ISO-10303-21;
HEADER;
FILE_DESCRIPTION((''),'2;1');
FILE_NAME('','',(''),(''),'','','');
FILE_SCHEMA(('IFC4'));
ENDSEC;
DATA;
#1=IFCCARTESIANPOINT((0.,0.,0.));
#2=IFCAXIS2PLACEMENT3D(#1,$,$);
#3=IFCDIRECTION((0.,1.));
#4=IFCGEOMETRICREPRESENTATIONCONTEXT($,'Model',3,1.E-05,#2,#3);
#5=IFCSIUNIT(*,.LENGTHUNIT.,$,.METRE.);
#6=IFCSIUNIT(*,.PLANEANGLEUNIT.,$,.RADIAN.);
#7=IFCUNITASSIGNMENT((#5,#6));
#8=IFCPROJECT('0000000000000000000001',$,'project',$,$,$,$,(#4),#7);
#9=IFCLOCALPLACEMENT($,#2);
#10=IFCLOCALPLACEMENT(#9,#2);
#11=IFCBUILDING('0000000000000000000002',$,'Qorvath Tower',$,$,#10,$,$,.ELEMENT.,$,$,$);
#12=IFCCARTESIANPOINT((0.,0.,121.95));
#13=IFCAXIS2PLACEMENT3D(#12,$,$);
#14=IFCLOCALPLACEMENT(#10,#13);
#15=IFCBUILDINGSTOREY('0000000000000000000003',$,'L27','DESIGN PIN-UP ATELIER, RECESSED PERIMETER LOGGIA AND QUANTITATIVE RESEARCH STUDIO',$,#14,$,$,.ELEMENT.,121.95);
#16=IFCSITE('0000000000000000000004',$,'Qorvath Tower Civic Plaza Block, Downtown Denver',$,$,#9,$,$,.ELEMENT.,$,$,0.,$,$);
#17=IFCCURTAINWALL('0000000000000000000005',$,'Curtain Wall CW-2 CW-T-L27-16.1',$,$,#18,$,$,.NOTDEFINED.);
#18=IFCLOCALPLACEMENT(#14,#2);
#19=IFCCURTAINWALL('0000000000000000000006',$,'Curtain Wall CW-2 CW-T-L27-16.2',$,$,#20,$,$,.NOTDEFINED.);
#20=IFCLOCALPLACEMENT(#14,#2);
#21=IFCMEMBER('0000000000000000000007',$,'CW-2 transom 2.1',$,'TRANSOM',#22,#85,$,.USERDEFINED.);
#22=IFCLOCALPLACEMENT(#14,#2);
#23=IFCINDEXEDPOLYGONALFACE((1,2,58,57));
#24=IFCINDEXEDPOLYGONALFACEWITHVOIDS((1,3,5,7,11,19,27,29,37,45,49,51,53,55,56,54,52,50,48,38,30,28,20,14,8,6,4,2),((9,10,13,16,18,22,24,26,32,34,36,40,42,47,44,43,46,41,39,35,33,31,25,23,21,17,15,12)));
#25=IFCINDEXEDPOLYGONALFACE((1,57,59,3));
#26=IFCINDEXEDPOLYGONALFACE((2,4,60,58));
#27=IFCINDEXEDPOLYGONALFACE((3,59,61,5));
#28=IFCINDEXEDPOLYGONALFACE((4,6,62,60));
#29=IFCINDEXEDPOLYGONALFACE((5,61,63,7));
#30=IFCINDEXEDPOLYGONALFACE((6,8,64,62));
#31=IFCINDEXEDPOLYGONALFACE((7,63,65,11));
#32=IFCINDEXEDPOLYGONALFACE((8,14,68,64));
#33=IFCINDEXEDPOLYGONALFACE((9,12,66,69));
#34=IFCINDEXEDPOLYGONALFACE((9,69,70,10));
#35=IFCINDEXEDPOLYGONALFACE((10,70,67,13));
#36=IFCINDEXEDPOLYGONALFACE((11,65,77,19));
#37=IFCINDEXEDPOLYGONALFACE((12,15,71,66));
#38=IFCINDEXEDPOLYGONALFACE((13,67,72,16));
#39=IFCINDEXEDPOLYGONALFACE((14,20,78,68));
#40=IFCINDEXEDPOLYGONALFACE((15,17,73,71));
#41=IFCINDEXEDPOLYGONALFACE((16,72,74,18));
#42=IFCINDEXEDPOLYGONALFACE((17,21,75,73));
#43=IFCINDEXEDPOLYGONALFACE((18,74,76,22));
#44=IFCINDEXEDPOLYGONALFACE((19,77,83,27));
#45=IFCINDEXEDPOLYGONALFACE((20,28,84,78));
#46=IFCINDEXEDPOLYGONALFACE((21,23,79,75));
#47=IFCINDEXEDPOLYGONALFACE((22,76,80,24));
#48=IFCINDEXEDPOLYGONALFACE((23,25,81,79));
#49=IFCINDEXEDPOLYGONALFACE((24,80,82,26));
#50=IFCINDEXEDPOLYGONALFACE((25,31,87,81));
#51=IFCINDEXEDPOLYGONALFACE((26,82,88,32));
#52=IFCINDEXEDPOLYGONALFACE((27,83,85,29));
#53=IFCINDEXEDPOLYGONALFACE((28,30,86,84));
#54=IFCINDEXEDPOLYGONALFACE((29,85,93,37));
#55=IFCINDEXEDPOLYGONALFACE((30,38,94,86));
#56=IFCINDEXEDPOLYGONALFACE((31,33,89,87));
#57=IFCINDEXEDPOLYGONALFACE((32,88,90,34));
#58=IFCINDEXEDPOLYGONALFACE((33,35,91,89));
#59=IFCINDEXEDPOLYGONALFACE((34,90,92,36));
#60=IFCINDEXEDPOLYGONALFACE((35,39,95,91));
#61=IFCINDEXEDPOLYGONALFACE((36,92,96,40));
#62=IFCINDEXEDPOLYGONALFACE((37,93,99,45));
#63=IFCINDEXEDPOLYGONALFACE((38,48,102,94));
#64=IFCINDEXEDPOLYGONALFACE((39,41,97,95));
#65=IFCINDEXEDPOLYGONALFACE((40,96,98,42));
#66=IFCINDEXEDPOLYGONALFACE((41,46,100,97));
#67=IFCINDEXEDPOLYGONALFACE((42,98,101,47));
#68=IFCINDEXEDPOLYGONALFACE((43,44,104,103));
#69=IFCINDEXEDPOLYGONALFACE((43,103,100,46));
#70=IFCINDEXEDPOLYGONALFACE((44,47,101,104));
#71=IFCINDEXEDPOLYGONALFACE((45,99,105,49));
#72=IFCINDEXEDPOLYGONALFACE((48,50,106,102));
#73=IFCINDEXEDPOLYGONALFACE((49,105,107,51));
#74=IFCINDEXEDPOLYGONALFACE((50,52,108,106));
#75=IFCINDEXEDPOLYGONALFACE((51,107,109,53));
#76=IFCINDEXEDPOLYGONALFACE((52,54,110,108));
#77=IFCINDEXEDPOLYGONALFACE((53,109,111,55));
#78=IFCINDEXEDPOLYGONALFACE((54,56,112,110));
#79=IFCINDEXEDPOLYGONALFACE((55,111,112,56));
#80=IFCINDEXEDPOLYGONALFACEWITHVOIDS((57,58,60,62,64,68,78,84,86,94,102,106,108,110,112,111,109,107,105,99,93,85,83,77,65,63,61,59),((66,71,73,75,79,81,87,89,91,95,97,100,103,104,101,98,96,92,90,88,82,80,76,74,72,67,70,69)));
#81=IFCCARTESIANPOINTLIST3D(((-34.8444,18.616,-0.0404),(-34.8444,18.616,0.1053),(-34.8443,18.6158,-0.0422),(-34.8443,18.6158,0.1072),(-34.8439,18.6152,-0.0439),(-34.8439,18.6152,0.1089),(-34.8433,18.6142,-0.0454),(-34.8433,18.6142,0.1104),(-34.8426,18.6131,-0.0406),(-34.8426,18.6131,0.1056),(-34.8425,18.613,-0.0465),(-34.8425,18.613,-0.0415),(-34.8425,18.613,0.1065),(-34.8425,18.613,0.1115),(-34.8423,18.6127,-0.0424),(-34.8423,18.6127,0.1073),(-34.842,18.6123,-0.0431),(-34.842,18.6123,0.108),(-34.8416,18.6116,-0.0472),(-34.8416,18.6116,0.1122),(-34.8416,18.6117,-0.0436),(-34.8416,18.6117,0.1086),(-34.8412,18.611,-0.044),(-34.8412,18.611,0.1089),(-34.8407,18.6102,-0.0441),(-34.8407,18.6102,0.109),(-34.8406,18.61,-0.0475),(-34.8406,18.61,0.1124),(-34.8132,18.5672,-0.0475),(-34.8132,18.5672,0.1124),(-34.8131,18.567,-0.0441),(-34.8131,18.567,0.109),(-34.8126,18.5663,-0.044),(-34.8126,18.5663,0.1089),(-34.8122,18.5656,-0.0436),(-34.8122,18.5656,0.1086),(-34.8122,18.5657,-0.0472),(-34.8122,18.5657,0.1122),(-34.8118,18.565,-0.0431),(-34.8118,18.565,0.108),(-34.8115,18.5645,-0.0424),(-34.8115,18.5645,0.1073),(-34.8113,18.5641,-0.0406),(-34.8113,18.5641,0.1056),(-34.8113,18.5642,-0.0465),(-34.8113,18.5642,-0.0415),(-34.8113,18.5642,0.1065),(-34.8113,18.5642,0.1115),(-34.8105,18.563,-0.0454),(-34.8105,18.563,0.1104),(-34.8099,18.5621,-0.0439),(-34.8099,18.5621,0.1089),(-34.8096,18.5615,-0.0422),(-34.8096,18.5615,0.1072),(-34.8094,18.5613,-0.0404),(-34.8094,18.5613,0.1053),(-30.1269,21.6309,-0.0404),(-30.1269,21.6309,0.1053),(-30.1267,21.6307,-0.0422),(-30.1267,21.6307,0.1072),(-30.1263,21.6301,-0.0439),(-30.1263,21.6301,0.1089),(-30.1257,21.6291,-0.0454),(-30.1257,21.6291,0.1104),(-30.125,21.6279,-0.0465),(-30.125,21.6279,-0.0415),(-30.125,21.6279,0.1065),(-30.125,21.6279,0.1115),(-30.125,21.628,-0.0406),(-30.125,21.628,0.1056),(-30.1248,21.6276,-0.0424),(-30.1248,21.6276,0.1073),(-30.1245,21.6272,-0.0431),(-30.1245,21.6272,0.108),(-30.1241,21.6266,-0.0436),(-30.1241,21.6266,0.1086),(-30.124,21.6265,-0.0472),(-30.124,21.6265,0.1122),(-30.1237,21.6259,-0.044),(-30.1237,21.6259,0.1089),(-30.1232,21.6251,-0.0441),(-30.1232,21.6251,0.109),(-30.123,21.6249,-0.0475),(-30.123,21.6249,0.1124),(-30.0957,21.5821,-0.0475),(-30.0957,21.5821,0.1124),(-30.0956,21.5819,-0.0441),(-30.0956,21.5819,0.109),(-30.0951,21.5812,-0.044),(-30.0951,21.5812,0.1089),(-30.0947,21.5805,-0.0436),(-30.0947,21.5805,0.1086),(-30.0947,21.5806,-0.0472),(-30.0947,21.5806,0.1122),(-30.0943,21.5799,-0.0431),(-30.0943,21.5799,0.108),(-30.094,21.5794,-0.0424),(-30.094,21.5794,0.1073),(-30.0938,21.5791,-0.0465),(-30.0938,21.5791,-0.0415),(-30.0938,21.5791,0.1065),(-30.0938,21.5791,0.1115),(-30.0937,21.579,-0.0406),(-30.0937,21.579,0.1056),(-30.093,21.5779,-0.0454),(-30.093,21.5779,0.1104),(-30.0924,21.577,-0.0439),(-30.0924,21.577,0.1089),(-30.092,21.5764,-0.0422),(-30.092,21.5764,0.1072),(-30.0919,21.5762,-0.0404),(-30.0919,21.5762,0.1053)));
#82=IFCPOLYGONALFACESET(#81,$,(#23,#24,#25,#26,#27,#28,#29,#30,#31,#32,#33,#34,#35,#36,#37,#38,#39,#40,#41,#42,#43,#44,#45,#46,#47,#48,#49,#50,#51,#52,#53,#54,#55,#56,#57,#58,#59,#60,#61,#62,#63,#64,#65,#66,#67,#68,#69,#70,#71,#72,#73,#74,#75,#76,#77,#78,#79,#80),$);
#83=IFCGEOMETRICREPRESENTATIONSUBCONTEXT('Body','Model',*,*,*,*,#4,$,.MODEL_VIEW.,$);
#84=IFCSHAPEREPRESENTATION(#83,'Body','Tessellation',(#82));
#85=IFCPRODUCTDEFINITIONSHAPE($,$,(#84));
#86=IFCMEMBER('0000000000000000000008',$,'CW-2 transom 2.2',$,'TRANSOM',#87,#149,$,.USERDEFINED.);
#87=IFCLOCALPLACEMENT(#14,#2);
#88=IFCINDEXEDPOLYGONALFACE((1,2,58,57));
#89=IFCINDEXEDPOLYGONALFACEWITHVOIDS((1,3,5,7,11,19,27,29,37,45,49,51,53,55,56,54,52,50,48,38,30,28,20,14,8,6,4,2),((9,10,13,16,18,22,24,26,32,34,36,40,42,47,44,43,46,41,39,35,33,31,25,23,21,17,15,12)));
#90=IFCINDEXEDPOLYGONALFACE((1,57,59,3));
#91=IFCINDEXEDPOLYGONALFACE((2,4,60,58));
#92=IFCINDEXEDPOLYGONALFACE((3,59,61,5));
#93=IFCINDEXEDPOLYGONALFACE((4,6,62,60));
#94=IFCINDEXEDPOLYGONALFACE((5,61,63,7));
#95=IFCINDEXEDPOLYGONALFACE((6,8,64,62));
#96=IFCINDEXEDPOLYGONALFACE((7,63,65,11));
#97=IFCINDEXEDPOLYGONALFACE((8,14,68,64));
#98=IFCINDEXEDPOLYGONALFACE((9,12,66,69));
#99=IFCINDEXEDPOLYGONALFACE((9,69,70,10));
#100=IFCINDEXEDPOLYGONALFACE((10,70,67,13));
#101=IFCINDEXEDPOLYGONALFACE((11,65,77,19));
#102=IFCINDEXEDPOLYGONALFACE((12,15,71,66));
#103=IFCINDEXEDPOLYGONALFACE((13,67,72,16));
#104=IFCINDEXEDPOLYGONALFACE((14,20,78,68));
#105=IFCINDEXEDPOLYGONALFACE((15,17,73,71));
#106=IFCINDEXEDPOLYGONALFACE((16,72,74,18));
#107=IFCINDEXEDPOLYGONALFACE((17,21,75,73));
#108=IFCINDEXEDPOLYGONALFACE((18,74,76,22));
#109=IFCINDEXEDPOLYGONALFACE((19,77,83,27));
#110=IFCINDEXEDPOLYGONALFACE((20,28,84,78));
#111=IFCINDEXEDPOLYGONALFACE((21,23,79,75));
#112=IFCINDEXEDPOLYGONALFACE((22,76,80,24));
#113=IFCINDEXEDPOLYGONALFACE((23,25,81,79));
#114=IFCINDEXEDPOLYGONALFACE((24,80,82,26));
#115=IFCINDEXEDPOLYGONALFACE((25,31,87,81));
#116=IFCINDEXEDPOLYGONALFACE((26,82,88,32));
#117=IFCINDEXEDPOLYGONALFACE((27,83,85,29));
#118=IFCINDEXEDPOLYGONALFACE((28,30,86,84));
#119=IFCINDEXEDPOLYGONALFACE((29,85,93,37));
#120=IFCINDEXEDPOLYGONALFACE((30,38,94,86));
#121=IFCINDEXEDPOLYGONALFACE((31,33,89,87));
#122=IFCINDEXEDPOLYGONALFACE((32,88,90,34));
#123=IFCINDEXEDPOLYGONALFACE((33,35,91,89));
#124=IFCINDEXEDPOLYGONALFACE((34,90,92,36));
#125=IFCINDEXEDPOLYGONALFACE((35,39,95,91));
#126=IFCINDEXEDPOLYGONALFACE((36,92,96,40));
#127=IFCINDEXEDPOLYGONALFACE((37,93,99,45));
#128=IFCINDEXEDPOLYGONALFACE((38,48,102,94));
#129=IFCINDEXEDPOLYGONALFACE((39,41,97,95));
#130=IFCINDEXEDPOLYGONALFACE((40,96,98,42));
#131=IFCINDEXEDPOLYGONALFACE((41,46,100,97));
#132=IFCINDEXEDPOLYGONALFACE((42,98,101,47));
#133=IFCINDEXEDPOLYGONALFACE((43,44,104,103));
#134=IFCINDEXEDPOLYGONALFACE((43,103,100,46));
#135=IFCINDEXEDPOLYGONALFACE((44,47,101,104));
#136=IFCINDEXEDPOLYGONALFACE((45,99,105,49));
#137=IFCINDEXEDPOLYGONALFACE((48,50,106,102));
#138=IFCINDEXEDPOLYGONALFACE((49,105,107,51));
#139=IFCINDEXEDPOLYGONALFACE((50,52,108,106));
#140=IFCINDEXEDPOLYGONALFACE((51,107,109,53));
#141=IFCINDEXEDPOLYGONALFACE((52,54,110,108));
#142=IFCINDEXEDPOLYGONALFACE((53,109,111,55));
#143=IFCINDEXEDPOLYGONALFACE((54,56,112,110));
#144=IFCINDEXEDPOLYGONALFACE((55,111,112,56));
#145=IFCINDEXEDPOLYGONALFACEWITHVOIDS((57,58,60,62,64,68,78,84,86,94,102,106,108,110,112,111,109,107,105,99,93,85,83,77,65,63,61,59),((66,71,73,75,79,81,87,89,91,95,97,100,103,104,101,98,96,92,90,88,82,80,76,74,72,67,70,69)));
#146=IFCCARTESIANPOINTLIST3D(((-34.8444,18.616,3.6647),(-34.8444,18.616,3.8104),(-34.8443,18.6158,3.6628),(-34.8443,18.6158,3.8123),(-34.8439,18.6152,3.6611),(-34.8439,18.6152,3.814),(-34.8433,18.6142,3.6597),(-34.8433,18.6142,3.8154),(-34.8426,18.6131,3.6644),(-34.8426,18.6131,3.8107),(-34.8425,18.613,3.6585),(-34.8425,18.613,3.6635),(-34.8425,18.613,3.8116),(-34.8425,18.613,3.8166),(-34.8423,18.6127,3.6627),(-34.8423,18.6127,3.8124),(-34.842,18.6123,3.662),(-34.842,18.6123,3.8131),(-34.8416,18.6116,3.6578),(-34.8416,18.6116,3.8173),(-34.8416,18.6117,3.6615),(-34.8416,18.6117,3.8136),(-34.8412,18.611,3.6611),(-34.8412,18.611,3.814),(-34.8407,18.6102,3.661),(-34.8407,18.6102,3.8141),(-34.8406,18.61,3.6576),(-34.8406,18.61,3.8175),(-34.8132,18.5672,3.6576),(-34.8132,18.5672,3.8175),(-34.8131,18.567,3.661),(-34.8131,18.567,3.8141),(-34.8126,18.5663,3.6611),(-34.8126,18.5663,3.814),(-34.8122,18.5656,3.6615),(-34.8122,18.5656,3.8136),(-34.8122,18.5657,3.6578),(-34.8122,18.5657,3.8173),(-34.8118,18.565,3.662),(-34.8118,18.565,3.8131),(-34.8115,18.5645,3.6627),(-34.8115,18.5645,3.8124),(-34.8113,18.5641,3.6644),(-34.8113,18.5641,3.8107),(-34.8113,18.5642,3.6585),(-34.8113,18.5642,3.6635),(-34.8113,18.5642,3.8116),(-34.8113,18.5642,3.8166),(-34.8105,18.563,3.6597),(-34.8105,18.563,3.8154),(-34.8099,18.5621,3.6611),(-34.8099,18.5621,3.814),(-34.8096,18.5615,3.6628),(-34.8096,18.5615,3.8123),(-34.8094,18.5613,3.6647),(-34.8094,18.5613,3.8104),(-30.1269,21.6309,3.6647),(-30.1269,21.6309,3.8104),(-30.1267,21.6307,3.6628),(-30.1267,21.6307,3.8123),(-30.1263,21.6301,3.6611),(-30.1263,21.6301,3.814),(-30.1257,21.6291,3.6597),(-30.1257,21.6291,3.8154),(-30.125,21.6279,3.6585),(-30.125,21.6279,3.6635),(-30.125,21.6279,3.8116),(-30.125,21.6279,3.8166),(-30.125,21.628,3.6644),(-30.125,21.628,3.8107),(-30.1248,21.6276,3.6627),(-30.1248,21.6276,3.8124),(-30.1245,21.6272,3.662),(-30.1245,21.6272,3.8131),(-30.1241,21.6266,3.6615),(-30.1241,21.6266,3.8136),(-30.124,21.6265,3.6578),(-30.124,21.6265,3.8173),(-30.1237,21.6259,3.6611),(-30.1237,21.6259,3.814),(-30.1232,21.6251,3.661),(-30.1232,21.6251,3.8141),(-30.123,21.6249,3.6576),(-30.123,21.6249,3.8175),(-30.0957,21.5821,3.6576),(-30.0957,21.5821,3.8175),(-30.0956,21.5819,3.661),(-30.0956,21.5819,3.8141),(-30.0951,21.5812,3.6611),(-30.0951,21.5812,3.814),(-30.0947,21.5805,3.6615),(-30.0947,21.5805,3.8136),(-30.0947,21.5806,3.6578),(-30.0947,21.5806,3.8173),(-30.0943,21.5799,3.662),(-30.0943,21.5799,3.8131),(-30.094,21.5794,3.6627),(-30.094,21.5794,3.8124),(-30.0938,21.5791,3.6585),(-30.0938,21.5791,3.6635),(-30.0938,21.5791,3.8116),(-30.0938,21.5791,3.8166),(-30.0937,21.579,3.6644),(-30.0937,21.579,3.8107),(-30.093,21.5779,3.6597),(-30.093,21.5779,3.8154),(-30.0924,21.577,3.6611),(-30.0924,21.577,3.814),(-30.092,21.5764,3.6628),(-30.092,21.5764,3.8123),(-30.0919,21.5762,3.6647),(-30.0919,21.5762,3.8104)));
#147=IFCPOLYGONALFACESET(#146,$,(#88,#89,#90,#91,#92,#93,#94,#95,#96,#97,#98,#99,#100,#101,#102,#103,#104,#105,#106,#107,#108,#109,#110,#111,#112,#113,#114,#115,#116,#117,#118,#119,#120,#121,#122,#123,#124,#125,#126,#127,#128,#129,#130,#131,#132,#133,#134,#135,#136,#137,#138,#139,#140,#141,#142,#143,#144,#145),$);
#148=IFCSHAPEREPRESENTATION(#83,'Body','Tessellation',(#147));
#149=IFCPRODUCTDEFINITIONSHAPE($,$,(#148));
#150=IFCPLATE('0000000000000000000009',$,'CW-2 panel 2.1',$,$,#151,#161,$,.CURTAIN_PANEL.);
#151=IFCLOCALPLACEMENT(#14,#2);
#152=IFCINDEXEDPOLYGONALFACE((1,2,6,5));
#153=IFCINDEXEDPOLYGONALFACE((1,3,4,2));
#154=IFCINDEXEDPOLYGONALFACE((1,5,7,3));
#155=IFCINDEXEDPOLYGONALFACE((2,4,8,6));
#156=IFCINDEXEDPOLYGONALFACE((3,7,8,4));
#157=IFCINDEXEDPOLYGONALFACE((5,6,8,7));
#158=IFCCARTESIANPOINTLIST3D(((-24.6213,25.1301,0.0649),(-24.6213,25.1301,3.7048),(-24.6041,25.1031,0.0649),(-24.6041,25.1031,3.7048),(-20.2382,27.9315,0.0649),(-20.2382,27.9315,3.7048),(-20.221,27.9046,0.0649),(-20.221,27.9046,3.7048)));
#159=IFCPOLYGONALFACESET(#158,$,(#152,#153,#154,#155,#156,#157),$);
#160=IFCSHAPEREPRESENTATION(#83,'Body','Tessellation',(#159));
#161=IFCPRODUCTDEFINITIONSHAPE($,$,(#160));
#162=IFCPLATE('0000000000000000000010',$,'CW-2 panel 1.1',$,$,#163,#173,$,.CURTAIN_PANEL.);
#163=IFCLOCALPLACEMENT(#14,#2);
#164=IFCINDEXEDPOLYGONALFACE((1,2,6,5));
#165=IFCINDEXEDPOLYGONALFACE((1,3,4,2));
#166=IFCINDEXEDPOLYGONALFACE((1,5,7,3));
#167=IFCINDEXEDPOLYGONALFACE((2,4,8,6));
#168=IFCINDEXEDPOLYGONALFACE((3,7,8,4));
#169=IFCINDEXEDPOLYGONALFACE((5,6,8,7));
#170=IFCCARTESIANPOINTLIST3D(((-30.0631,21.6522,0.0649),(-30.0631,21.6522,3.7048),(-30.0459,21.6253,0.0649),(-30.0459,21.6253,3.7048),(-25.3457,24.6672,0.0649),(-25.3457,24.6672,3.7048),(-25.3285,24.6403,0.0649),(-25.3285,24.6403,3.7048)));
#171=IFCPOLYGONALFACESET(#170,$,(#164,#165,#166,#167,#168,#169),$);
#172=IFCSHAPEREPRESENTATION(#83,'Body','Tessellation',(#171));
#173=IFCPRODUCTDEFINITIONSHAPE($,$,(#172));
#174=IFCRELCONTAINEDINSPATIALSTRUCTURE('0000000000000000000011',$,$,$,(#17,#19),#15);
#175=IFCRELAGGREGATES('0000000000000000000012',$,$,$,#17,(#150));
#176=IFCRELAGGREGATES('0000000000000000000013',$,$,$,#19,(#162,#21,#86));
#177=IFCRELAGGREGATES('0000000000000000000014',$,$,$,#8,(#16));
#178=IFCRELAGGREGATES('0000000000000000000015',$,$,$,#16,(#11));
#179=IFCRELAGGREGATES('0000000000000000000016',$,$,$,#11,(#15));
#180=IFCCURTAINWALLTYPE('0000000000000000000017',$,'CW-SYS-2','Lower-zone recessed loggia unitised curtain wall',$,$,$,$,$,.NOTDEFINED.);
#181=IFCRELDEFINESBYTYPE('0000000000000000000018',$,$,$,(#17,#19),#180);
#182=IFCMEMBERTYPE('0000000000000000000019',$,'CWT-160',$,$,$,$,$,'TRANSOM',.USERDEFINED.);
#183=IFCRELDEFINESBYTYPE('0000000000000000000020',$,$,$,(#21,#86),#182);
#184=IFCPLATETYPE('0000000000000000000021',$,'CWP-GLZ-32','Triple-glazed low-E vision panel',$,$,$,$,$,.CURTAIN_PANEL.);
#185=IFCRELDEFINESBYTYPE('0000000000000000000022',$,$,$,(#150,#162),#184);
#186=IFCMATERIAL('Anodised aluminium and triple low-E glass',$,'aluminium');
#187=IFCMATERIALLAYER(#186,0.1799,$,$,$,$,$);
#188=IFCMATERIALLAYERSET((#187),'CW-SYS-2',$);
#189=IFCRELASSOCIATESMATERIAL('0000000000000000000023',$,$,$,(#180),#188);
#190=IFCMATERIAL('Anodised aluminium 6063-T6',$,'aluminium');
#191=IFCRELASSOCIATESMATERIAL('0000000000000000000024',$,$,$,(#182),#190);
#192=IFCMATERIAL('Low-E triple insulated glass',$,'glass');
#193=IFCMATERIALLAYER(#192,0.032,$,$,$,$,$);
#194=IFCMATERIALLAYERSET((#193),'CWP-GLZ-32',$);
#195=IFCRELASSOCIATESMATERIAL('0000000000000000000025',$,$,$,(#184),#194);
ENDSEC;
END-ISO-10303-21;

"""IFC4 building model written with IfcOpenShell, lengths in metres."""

from ifc_helpers import new_model, si_unit, direction, frame, origin, origin_2d, place, context, subcontext, project, spatial, rectangle, hollow_rectangle, extrude, material, layer, layer_set, material_profile, profile_set, type_object, element, aggregate, save


model = new_model("IFC4")

# Units and contexts
model_context = context("Model", 3, precision=1e-05, world=origin(), true_north=direction((0.0, 1.0)))
body_context = subcontext(model_context, "Body", "Model", "MODEL_VIEW")
ifc_project = project(units=[si_unit("LENGTHUNIT", "METRE"), si_unit("PLANEANGLEUNIT", "RADIAN")], contexts=[model_context])

# Site, building, storey
site_placement = place(None, origin())
site = spatial("IfcSite", under=ifc_project, at=site_placement, Name="Qorvath Tower Civic Plaza Block, Downtown Denver", CompositionType="ELEMENT", RefElevation=0.0)
building_placement = place(site_placement, origin())
building = spatial("IfcBuilding", under=site, at=building_placement, Name="Qorvath Tower", CompositionType="ELEMENT")
storey_placement = place(building_placement, frame((0.0, 0.0, 121.95)))
storey = spatial("IfcBuildingStorey", under=building, at=storey_placement, Name="L27", Description="DESIGN PIN-UP ATELIER, RECESSED PERIMETER LOGGIA AND QUANTITATIVE RESEARCH STUDIO", CompositionType="ELEMENT", Elevation=121.95)

# Curtain walls
ifc_material_1 = material(Name="Anodised aluminium and triple low-E glass", Category="aluminium")
ifc_layer_1 = layer(ifc_material_1, 0.1799)
ifc_layer_set_1 = layer_set([ifc_layer_1], Name="CW-SYS-2")
curtain_wall_type = type_object("IfcCurtainWallType", Name="CW-SYS-2", Description="Lower-zone recessed loggia unitised curtain wall", PredefinedType="NOTDEFINED", material=ifc_layer_set_1)
curtain_wall_1_placement = place(storey_placement, origin())
curtain_wall_1 = element("IfcCurtainWall", 1, at=curtain_wall_1_placement, inside=storey, type_object=curtain_wall_type, Name="Curtain Wall CW-2 CW-T-L27-16.1", PredefinedType="NOTDEFINED")
curtain_wall_2_placement = place(storey_placement, origin())
curtain_wall_2 = element("IfcCurtainWall", 2, at=curtain_wall_2_placement, inside=storey, type_object=curtain_wall_type, Name="Curtain Wall CW-2 CW-T-L27-16.2", PredefinedType="NOTDEFINED")

# Members
ifc_material_2 = material(Name="Anodised aluminium 6063-T6", Category="aluminium")
ifc_material_profile_1 = material_profile(ifc_material_2, hollow_rectangle(XDim=0.0649, YDim=0.1599, WallThickness=0.0034, InnerFilletRadius=0.0034, OuterFilletRadius=0.0071, at=origin_2d()), Name="CWT 160x65")
ifc_profile_set_1 = profile_set([ifc_material_profile_1], Name="Anodised aluminium 6063-T6")
member_type_1 = type_object("IfcMemberType", Name="CWT-160", ElementType="TRANSOM", PredefinedType="USERDEFINED", material=ifc_profile_set_1)
member_1_placement = place(storey_placement, frame((-30.1094, 21.6035, 0.0325), z_axis=(-0.842622, -0.538505, 0.0), x_axis=(0.538505, -0.842622, 0.0)))
member_1 = element("IfcMember", 3, at=member_1_placement, type_object=member_type_1, Name="CW-2 transom 2.1", ObjectType="TRANSOM", PredefinedType="USERDEFINED", context=body_context, shape_type="SweptSolid", body=[
    extrude(hollow_rectangle(XDim=0.0649, YDim=0.1599, WallThickness=0.0034, InnerFilletRadius=0.0034, OuterFilletRadius=0.0071, at=origin_2d()), origin(), (0.0, 0.0, 1.0), 5.5986),
])
member_2_placement = place(storey_placement, frame((-30.1094, 21.6035, 3.7375), z_axis=(-0.842622, -0.538505, 0.0), x_axis=(0.538505, -0.842622, 0.0)))
member_2 = element("IfcMember", 4, at=member_2_placement, type_object=member_type_1, Name="CW-2 transom 2.2", ObjectType="TRANSOM", PredefinedType="USERDEFINED", context=body_context, shape_type="SweptSolid", body=[
    extrude(hollow_rectangle(XDim=0.0649, YDim=0.1599, WallThickness=0.0034, InnerFilletRadius=0.0034, OuterFilletRadius=0.0071, at=origin_2d()), origin(), (0.0, 0.0, 1.0), 5.5986),
])

# Plates
ifc_material_3 = material(Name="Low-E triple insulated glass", Category="glass")
ifc_layer_2 = layer(ifc_material_3, 0.032)
ifc_layer_set_2 = layer_set([ifc_layer_2], Name="CWP-GLZ-32")
plate_type = type_object("IfcPlateType", Name="CWP-GLZ-32", Description="Triple-glazed low-E vision panel", PredefinedType="CURTAIN_PANEL", material=ifc_layer_set_2)
plate_1_placement = place(storey_placement, frame((-22.4211, 26.5173, 0.0649), z_axis=(0.0, 0.0, 1.0), x_axis=(-0.842595, -0.538548, 0.0)))
plate_1 = element("IfcPlate", 5, at=plate_1_placement, type_object=plate_type, Name="CW-2 panel 2.1", PredefinedType="CURTAIN_PANEL", context=body_context, shape_type="SweptSolid", body=[
    extrude(rectangle(XDim=5.2019, YDim=0.032, at=origin_2d()), origin(), (0.0, 0.0, 1.0), 3.6399),
])
aggregate(curtain_wall_1, [plate_1])
plate_2_placement = place(storey_placement, frame((-27.6958, 23.1462, 0.0649), z_axis=(0.0, 0.0, 1.0), x_axis=(-0.842607, -0.53853, 0.0)))
plate_2 = element("IfcPlate", 6, at=plate_2_placement, type_object=plate_type, Name="CW-2 panel 1.1", PredefinedType="CURTAIN_PANEL", context=body_context, shape_type="SweptSolid", body=[
    extrude(rectangle(XDim=5.5986, YDim=0.032, at=origin_2d()), origin(), (0.0, 0.0, 1.0), 3.6399),
])
aggregate(curtain_wall_2, [plate_2, member_1, member_2])

save(model, "model.ifc")
